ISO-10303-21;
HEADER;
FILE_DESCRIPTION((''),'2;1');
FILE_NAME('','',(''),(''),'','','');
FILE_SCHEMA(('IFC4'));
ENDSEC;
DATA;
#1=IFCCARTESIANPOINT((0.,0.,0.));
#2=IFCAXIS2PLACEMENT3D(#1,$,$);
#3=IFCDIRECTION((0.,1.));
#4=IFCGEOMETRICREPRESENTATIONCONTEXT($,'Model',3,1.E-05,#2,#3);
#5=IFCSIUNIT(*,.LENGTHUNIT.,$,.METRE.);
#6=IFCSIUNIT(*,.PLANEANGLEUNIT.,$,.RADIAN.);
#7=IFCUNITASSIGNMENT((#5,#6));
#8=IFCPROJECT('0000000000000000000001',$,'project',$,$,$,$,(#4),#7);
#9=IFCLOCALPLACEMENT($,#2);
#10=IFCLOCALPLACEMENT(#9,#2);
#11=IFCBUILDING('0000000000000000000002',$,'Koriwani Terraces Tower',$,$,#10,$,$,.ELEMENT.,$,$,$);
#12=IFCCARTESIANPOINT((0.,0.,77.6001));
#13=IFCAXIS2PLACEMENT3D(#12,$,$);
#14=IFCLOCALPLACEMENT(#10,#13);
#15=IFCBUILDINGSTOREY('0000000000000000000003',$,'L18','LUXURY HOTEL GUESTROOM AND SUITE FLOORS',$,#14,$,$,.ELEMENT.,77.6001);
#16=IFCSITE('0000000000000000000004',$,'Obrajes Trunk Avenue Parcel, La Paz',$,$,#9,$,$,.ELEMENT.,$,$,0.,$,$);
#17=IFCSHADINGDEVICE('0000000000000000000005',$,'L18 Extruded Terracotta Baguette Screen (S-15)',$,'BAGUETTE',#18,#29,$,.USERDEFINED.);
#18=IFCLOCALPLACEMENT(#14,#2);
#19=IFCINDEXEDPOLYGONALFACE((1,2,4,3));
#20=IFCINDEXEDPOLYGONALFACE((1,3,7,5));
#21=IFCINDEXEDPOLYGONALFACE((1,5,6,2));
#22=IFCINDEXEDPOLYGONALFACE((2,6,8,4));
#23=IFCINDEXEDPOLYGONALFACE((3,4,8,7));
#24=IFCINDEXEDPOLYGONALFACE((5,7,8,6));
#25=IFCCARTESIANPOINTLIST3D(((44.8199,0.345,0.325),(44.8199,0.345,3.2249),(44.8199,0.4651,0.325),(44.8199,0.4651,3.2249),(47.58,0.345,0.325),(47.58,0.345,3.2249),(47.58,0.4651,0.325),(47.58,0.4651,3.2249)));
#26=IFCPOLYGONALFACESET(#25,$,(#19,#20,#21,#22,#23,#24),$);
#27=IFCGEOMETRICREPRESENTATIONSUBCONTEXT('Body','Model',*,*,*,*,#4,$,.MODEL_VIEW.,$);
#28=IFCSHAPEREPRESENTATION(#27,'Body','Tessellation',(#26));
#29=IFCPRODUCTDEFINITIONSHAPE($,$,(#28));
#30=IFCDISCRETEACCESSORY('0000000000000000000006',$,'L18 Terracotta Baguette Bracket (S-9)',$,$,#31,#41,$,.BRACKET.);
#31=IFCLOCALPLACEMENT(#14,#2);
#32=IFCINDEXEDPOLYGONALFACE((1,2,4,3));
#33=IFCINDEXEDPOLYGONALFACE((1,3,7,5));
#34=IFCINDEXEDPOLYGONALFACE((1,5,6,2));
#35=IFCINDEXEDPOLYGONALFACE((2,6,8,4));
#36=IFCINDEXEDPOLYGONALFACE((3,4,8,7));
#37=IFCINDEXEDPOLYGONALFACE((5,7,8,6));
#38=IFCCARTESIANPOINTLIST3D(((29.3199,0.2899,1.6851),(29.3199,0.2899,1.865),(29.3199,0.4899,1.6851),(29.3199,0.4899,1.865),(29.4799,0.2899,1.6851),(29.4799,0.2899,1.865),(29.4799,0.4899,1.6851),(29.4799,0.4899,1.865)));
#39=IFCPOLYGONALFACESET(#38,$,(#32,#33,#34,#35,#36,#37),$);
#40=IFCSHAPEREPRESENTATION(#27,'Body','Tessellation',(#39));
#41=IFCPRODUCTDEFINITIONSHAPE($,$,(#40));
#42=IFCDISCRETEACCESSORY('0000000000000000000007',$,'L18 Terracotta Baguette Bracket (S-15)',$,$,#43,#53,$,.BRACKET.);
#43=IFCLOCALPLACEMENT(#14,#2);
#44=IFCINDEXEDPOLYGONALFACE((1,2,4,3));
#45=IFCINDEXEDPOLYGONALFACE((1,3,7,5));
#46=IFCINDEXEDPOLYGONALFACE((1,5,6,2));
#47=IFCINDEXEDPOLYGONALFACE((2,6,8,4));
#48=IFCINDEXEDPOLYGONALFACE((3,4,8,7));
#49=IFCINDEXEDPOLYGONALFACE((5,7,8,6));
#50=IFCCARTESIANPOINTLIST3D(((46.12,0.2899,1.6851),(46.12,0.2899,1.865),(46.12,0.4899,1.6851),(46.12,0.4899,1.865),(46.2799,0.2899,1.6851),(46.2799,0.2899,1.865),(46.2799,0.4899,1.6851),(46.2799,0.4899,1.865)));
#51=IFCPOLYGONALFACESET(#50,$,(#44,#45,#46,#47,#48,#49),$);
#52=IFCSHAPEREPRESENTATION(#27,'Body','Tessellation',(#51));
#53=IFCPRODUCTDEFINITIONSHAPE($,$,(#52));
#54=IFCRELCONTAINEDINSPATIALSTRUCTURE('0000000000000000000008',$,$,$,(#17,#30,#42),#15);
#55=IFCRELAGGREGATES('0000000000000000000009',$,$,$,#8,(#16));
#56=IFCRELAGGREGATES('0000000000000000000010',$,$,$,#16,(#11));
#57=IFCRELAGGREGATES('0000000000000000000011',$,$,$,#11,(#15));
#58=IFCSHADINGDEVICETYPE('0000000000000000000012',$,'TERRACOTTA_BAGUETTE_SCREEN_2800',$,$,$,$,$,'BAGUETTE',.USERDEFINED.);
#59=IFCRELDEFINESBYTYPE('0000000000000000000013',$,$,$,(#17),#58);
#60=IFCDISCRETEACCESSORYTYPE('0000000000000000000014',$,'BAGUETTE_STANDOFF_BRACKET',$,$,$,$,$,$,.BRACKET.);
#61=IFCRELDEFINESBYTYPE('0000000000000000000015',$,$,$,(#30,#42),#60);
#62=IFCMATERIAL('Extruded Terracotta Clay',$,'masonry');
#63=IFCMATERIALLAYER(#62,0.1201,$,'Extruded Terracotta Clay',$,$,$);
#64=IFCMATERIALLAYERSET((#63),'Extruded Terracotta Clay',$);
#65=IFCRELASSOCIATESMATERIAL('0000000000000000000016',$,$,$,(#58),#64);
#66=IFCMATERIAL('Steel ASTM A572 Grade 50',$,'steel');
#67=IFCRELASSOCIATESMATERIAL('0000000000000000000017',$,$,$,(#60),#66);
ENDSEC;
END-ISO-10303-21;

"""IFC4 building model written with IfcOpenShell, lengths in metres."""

from ifc_helpers import new_model, si_unit, direction, frame, origin, origin_2d, place, context, subcontext, project, spatial, rectangle, extrude, material, layer, layer_set, type_object, element, save


model = new_model("IFC4")

# Units and contexts
model_context = context("Model", 3, precision=1e-05, world=origin(), true_north=direction((0.0, 1.0)))
body_context = subcontext(model_context, "Body", "Model", "MODEL_VIEW")
ifc_project = project(units=[si_unit("LENGTHUNIT", "METRE"), si_unit("PLANEANGLEUNIT", "RADIAN")], contexts=[model_context])

# Site, building, storey
site_placement = place(None, origin())
site = spatial("IfcSite", under=ifc_project, at=site_placement, Name="Obrajes Trunk Avenue Parcel, La Paz", CompositionType="ELEMENT", RefElevation=0.0)
building_placement = place(site_placement, origin())
building = spatial("IfcBuilding", under=site, at=building_placement, Name="Koriwani Terraces Tower", CompositionType="ELEMENT")
storey_placement = place(building_placement, frame((0.0, 0.0, 77.6001)))
storey = spatial("IfcBuildingStorey", under=building, at=storey_placement, Name="L18", Description="LUXURY HOTEL GUESTROOM AND SUITE FLOORS", CompositionType="ELEMENT", Elevation=77.6001)

# Shared definitions
ifc_material_1 = material(Name="Steel ASTM A572 Grade 50", Category="steel")

# Shading device
ifc_material_2 = material(Name="Extruded Terracotta Clay", Category="masonry")
ifc_layer_1 = layer(ifc_material_2, 0.1201, Name="Extruded Terracotta Clay")
ifc_layer_set_1 = layer_set([ifc_layer_1], Name="Extruded Terracotta Clay")
shading_device_type = type_object("IfcShadingDeviceType", Name="TERRACOTTA_BAGUETTE_SCREEN_2800", ElementType="BAGUETTE", PredefinedType="USERDEFINED", material=ifc_layer_set_1)
for number, where, z_axis, x_axis, name in (
    (1, (46.2, 0.405, 0.325), (0.0, 0.0, 1.0), (-1.0, 0.0, 0.0), "L18 Extruded Terracotta Baguette Screen (S-15)"),
):
    element("IfcShadingDevice", number, at=place(storey_placement, frame(where, z_axis=z_axis, x_axis=x_axis)), inside=storey, type_object=shading_device_type, Name=name, ObjectType="BAGUETTE", PredefinedType="USERDEFINED", context=body_context, shape_type="SweptSolid", body=[
        extrude(rectangle(XDim=2.76, YDim=0.1201, at=origin_2d()), origin(), (0.0, 0.0, 1.0), 2.8999),
    ])

# Discrete accessories
discrete_accessory_type = type_object("IfcDiscreteAccessoryType", Name="BAGUETTE_STANDOFF_BRACKET", PredefinedType="BRACKET", material=ifc_material_1)
for number, where, z_axis, x_axis, name in (
    (2, (29.3999, 0.3899, 1.6851), (0.0, 0.0, 1.0), (-1.0, 0.0, 0.0), "L18 Terracotta Baguette Bracket (S-9)"),
    (3, (46.2, 0.3899, 1.6851), (0.0, 0.0, 1.0), (-1.0, 0.0, 0.0), "L18 Terracotta Baguette Bracket (S-15)"),
):
    element("IfcDiscreteAccessory", number, at=place(storey_placement, frame(where, z_axis=z_axis, x_axis=x_axis)), inside=storey, type_object=discrete_accessory_type, Name=name, PredefinedType="BRACKET", context=body_context, shape_type="SweptSolid", body=[
        extrude(rectangle(XDim=0.1599, YDim=0.2, at=origin_2d()), origin(), (0.0, 0.0, 1.0), 0.1799),
    ])

save(model, "model.ifc")
